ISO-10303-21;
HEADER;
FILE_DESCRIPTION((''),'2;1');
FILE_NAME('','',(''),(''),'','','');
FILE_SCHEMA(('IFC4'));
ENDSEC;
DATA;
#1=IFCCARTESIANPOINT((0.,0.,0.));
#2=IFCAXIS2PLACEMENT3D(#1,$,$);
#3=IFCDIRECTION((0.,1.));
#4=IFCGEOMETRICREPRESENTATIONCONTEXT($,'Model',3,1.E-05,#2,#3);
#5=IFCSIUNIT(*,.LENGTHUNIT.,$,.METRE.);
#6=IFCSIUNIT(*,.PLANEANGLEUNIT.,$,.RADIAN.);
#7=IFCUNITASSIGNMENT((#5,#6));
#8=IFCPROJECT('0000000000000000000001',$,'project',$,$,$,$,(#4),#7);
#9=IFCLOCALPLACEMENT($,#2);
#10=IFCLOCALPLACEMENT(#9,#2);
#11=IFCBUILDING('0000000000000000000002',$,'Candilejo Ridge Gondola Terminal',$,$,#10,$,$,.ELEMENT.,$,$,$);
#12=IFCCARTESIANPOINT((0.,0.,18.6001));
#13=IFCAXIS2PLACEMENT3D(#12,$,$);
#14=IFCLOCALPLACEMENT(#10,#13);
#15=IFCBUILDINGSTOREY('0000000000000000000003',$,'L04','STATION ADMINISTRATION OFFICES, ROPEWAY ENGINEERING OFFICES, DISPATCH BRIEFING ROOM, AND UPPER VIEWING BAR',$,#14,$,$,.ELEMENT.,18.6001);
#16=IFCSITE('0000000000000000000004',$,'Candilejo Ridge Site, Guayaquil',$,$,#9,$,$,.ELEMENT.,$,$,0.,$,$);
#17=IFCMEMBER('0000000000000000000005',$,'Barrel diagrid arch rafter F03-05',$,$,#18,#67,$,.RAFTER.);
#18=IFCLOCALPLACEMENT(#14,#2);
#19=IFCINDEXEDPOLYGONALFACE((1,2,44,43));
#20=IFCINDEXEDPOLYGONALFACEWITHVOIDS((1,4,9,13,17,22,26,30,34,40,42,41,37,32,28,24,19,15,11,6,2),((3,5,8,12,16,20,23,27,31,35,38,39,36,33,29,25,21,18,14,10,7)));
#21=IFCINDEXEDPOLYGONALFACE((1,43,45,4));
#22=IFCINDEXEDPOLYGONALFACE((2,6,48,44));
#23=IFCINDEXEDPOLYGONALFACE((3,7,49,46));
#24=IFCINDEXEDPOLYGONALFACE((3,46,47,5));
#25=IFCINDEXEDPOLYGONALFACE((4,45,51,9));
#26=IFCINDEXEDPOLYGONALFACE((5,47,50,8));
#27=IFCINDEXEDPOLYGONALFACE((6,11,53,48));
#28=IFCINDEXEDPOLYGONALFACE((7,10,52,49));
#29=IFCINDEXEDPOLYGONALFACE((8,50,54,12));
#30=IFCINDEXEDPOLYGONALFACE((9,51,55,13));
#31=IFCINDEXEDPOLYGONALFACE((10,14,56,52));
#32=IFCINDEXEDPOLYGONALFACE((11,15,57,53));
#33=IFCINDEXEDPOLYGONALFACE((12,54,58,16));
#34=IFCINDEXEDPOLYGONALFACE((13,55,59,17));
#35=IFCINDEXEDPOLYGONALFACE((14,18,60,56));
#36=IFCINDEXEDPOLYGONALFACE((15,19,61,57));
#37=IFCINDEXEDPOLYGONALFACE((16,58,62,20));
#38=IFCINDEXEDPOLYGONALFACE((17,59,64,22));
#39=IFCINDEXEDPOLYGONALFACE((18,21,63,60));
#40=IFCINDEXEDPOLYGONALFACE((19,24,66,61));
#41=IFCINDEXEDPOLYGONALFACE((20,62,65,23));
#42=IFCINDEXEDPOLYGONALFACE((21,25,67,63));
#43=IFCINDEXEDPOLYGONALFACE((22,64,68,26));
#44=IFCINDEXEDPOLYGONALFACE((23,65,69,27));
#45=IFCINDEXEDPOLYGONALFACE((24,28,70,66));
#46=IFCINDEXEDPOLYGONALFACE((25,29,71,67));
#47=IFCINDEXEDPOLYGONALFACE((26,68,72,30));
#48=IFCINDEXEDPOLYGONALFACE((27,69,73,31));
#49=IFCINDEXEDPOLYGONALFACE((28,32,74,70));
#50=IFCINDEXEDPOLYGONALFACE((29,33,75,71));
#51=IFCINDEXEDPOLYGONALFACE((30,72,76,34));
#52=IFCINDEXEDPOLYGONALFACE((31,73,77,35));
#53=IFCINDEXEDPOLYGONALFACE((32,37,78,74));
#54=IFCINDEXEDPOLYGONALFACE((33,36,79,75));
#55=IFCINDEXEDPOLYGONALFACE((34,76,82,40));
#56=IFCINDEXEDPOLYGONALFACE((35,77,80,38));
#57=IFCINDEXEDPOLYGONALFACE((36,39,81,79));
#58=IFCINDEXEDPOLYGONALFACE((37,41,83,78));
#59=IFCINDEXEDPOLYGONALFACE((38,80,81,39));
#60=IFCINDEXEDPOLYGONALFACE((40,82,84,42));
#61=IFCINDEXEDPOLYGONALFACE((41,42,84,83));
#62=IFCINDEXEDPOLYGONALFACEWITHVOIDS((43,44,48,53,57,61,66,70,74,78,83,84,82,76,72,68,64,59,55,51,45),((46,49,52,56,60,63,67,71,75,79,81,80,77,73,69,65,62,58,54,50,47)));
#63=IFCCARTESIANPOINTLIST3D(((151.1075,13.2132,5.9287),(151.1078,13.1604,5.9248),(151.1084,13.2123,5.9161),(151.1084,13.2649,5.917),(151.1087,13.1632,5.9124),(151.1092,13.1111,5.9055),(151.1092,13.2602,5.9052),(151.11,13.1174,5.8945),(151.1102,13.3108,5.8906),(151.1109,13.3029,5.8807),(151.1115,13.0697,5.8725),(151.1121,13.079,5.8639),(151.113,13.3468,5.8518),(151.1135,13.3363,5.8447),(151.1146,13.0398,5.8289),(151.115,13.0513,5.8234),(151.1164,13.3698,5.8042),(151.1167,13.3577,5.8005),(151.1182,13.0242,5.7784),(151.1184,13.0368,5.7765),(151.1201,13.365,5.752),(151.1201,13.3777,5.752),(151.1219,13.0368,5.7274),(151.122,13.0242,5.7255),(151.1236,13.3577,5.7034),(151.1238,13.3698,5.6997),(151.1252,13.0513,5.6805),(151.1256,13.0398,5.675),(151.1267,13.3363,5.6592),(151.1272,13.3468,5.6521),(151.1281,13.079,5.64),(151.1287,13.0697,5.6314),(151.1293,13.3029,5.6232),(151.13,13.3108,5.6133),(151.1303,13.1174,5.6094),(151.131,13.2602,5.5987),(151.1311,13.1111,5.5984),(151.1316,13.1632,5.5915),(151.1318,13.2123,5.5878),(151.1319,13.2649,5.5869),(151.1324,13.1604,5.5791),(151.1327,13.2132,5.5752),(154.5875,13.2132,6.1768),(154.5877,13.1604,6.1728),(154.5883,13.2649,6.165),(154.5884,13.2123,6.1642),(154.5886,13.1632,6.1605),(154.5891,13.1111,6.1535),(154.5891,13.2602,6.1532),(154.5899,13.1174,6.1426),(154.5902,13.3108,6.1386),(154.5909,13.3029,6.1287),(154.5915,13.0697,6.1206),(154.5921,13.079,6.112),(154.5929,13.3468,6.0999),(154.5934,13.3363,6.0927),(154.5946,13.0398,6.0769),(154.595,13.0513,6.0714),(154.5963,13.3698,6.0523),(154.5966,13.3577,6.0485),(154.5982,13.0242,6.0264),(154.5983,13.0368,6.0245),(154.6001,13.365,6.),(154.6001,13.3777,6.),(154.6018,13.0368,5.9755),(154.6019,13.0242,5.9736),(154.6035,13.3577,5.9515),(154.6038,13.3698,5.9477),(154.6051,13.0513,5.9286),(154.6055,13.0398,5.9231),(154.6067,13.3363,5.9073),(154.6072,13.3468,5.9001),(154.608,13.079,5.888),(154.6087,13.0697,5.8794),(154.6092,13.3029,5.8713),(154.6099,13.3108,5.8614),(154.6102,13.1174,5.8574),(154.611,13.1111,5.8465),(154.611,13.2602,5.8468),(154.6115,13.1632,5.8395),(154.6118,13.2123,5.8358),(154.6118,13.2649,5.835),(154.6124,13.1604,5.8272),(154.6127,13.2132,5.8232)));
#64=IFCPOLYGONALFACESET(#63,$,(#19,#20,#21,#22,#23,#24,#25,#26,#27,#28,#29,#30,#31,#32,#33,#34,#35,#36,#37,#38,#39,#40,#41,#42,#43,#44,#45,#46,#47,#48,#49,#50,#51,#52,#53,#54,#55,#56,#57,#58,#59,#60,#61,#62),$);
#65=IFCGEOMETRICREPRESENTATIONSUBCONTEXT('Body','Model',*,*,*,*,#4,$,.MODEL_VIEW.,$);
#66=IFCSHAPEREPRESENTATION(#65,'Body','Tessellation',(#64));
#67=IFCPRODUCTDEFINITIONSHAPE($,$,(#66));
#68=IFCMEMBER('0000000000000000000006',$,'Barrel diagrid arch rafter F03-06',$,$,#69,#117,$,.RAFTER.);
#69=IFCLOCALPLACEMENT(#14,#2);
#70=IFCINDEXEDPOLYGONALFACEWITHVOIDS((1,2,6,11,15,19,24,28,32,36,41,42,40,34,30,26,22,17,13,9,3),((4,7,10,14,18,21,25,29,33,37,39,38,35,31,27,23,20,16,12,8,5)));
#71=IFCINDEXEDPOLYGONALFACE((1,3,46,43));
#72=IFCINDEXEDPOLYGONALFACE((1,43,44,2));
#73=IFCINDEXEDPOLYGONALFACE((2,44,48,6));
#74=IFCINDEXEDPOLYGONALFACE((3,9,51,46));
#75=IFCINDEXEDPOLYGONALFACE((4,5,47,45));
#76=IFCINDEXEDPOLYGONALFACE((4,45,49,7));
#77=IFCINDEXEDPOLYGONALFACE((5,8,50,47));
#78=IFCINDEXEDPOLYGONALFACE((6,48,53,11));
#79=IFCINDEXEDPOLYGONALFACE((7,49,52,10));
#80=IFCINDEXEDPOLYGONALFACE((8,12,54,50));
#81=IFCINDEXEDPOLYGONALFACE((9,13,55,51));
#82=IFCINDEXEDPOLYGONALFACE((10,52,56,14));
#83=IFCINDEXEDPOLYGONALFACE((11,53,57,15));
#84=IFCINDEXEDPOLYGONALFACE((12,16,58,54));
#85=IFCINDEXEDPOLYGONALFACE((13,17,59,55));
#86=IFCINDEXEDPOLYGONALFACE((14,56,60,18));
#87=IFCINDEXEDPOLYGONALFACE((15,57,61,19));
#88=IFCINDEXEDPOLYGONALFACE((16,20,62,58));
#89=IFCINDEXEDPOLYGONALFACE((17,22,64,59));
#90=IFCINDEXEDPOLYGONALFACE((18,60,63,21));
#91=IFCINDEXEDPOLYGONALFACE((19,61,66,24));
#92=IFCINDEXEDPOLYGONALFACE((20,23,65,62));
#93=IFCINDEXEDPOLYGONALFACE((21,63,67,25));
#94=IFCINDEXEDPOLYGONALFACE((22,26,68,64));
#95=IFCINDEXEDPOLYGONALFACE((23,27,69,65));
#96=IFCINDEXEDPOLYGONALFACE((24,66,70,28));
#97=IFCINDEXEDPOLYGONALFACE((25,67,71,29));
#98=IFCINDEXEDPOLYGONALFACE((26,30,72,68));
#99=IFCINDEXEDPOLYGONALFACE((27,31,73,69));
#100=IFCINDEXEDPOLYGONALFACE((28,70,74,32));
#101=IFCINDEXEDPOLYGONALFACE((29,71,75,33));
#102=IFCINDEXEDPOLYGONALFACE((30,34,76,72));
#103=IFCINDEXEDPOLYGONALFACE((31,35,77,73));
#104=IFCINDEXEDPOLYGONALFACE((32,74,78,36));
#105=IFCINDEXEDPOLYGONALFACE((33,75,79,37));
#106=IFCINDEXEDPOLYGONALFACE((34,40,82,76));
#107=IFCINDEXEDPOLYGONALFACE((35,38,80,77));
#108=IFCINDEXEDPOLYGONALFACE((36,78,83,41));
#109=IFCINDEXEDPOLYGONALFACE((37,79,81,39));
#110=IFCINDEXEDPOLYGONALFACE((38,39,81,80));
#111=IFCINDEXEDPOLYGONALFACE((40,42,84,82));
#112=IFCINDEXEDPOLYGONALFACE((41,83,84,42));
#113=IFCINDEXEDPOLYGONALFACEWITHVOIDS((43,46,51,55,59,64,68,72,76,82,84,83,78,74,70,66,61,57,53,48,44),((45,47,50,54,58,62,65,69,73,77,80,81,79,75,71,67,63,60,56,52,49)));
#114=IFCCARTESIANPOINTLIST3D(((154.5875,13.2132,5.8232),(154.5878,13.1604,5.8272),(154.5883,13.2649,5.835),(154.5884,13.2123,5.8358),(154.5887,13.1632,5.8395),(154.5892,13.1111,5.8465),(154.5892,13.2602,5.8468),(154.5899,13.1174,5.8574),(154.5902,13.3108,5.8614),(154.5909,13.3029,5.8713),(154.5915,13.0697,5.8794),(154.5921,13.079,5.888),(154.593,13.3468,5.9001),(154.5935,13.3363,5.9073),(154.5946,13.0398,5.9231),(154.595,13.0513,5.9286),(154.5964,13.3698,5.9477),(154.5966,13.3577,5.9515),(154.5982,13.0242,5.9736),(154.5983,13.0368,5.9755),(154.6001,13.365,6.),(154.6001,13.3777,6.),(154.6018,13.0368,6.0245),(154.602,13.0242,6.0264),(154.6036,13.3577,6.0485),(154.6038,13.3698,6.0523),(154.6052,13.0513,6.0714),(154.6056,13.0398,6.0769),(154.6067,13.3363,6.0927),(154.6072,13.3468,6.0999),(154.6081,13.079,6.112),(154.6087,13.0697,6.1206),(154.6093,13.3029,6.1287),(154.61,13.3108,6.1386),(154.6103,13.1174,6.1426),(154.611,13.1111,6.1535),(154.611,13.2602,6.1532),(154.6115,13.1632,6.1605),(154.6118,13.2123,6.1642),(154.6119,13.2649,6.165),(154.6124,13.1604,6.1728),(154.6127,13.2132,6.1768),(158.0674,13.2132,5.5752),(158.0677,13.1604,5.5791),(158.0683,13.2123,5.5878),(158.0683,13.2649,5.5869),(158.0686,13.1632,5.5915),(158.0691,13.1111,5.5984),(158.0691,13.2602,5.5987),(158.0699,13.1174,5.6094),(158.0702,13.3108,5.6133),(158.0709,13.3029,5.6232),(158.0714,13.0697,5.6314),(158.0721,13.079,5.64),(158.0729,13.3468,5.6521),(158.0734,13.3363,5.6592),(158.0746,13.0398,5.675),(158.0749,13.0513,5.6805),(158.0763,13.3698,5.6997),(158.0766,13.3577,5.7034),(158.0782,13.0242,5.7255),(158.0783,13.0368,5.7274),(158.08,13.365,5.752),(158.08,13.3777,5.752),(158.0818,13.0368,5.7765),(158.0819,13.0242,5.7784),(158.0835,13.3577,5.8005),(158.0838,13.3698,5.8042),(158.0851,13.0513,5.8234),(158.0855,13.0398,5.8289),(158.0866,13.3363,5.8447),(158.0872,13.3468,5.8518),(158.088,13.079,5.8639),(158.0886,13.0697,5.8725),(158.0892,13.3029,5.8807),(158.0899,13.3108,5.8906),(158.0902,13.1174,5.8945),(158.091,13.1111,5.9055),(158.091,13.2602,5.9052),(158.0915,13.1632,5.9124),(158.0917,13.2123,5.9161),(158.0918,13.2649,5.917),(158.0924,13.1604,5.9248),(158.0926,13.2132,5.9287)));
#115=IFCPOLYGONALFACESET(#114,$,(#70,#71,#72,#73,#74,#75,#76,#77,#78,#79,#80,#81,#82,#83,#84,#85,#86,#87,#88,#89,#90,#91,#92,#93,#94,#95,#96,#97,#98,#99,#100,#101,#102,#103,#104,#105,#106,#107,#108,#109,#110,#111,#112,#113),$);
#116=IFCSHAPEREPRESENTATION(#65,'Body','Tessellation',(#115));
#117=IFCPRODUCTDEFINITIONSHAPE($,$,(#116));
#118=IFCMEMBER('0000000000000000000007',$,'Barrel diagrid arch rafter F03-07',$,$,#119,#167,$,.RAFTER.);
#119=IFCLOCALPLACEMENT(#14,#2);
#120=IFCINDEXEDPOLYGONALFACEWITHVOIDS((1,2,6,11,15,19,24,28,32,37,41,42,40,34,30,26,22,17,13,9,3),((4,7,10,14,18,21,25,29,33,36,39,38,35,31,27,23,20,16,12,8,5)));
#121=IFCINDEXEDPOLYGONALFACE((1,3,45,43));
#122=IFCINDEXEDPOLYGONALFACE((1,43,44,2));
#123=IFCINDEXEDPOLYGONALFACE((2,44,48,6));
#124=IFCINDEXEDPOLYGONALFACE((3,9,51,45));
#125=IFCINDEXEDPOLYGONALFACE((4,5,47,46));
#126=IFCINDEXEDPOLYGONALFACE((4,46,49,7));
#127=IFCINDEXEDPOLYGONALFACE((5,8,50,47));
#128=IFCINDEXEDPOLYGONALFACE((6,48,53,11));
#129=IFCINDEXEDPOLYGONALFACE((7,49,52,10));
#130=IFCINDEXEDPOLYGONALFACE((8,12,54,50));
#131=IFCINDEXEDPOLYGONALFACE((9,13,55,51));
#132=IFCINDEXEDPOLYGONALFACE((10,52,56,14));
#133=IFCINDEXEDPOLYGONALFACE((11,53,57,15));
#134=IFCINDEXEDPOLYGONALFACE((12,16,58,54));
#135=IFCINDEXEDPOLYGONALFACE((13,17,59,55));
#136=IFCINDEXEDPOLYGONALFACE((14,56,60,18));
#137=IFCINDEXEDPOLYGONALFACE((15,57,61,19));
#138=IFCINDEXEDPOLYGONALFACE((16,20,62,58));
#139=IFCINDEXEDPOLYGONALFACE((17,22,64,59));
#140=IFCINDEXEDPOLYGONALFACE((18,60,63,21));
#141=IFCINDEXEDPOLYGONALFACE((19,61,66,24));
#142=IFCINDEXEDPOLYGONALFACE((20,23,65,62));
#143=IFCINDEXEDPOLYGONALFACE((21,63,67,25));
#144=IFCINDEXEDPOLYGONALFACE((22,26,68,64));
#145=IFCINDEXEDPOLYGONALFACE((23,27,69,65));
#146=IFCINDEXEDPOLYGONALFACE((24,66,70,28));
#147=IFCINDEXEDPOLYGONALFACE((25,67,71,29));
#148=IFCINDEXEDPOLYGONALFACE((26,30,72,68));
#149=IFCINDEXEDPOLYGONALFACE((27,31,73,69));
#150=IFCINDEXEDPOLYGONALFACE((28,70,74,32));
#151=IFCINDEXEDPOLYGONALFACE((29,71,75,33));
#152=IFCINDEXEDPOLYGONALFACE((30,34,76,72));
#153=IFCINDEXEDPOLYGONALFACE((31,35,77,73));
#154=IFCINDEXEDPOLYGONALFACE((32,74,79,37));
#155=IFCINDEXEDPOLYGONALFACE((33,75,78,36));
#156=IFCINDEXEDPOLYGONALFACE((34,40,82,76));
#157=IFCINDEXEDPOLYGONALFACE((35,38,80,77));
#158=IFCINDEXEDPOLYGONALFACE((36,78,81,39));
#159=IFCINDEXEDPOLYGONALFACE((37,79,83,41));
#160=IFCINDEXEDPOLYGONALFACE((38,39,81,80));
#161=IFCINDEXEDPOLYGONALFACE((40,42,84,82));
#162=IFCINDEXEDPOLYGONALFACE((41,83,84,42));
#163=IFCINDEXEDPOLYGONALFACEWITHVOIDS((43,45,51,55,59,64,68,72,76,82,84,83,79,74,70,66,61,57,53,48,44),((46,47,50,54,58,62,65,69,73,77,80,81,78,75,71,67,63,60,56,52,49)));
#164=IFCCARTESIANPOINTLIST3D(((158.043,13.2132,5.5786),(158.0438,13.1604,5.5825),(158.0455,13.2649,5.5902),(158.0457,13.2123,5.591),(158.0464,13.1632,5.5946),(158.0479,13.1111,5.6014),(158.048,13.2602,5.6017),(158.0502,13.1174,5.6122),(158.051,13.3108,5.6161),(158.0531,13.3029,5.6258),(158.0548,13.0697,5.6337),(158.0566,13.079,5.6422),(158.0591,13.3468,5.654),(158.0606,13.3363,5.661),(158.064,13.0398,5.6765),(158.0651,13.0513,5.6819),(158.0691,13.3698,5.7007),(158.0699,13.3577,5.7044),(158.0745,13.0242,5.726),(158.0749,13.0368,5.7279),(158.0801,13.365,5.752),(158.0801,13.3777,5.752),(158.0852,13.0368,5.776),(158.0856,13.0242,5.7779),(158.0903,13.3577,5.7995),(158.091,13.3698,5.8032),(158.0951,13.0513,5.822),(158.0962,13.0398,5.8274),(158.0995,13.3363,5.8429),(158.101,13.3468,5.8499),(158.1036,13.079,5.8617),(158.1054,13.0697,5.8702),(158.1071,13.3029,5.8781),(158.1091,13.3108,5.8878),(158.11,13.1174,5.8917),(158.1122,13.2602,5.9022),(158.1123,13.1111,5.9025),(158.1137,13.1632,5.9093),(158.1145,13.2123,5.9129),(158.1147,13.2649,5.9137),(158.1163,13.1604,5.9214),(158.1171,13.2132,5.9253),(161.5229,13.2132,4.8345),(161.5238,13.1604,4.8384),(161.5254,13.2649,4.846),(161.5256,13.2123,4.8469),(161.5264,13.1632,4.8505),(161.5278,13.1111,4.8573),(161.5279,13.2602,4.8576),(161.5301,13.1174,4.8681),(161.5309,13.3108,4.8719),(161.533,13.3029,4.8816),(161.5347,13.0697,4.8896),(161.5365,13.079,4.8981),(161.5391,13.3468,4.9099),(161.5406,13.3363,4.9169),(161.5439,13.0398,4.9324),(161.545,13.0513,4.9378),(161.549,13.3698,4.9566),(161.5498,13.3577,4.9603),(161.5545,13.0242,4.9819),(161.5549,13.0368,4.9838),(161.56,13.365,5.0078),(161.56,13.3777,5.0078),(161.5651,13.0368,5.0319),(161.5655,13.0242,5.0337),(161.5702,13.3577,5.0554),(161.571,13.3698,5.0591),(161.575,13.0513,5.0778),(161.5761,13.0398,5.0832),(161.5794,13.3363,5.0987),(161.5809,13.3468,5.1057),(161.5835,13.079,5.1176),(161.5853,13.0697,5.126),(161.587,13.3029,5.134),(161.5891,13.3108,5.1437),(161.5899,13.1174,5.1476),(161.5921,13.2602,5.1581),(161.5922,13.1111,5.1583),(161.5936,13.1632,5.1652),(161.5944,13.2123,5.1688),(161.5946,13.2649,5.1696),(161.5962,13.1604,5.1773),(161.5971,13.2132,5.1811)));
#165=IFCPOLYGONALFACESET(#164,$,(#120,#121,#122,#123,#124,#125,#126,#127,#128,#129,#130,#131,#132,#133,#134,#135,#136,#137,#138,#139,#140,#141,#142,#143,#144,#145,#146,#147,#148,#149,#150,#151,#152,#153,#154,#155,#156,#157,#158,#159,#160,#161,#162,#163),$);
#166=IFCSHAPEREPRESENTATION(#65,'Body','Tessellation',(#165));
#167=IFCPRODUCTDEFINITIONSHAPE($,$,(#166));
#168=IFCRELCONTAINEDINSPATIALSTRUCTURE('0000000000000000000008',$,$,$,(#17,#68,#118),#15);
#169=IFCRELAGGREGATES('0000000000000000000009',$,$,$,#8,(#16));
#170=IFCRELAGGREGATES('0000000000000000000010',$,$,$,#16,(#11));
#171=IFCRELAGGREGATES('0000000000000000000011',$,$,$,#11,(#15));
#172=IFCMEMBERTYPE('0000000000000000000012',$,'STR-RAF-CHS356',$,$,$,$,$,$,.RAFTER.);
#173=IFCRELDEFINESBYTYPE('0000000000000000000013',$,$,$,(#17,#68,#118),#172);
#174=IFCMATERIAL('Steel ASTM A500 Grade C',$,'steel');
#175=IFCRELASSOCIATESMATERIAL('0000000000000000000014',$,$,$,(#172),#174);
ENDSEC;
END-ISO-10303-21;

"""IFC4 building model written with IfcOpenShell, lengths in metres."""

from ifc_helpers import new_model, si_unit, direction, frame, origin, origin_2d, place, context, subcontext, project, spatial, hollow_circle, extrude, material, material_profile, profile_set, type_object, element, save


model = new_model("IFC4")

# Units and contexts
model_context = context("Model", 3, precision=1e-05, world=origin(), true_north=direction((0.0, 1.0)))
body_context = subcontext(model_context, "Body", "Model", "MODEL_VIEW")
ifc_project = project(units=[si_unit("LENGTHUNIT", "METRE"), si_unit("PLANEANGLEUNIT", "RADIAN")], contexts=[model_context])

# Site, building, storey
site_placement = place(None, origin())
site = spatial("IfcSite", under=ifc_project, at=site_placement, Name="Candilejo Ridge Site, Guayaquil", CompositionType="ELEMENT", RefElevation=0.0)
building_placement = place(site_placement, origin())
building = spatial("IfcBuilding", under=site, at=building_placement, Name="Candilejo Ridge Gondola Terminal", CompositionType="ELEMENT")
storey_placement = place(building_placement, frame((0.0, 0.0, 18.6001)))
storey = spatial("IfcBuildingStorey", under=building, at=storey_placement, Name="L04", Description="STATION ADMINISTRATION OFFICES, ROPEWAY ENGINEERING OFFICES, DISPATCH BRIEFING ROOM, AND UPPER VIEWING BAR", CompositionType="ELEMENT", Elevation=18.6001)

# Members
ifc_material_1 = material(Name="Steel ASTM A500 Grade C", Category="steel")
ifc_material_profile_1 = material_profile(ifc_material_1, hollow_circle(Radius=0.1777, WallThickness=0.0127, at=origin_2d()))
ifc_profile_set_1 = profile_set([ifc_material_profile_1], Name="Steel ASTM A500 Grade C")
member_type_1 = type_object("IfcMemberType", Name="STR-RAF-CHS356", PredefinedType="RAFTER", material=ifc_profile_set_1)
for number, where, z_axis, x_axis, name in (
    (1, (151.1201, 13.2, 5.752), (0.997469, 0.0, 0.071098), (0.0, 1.0, 0.0), "Barrel diagrid arch rafter F03-05"),
    (2, (154.6001, 13.2, 6.0), (0.997469, 0.0, -0.071098), (0.0, 1.0, 0.0), "Barrel diagrid arch rafter F03-06"),
):
    element("IfcMember", number, at=place(storey_placement, frame(where, z_axis=z_axis, x_axis=x_axis)), inside=storey, type_object=member_type_1, Name=name, PredefinedType="RAFTER", context=body_context, shape_type="SweptSolid", body=[
        extrude(hollow_circle(Radius=0.1777, WallThickness=0.0127, at=origin_2d()), origin(), (0.0, 0.0, 1.0), 3.4888),
    ])
member_1_placement = place(storey_placement, frame((158.0801, 13.2, 5.752), z_axis=(0.977893, 0.0, -0.209107), x_axis=(0.0, 1.0, 0.0)))
element("IfcMember", 3, at=member_1_placement, inside=storey, type_object=member_type_1, Name="Barrel diagrid arch rafter F03-07", PredefinedType="RAFTER", context=body_context, shape_type="SweptSolid", body=[
    extrude(hollow_circle(Radius=0.1777, WallThickness=0.0127, at=origin_2d()), origin(), (0.0, 0.0, 1.0), 3.5586),
])

save(model, "model.ifc")
